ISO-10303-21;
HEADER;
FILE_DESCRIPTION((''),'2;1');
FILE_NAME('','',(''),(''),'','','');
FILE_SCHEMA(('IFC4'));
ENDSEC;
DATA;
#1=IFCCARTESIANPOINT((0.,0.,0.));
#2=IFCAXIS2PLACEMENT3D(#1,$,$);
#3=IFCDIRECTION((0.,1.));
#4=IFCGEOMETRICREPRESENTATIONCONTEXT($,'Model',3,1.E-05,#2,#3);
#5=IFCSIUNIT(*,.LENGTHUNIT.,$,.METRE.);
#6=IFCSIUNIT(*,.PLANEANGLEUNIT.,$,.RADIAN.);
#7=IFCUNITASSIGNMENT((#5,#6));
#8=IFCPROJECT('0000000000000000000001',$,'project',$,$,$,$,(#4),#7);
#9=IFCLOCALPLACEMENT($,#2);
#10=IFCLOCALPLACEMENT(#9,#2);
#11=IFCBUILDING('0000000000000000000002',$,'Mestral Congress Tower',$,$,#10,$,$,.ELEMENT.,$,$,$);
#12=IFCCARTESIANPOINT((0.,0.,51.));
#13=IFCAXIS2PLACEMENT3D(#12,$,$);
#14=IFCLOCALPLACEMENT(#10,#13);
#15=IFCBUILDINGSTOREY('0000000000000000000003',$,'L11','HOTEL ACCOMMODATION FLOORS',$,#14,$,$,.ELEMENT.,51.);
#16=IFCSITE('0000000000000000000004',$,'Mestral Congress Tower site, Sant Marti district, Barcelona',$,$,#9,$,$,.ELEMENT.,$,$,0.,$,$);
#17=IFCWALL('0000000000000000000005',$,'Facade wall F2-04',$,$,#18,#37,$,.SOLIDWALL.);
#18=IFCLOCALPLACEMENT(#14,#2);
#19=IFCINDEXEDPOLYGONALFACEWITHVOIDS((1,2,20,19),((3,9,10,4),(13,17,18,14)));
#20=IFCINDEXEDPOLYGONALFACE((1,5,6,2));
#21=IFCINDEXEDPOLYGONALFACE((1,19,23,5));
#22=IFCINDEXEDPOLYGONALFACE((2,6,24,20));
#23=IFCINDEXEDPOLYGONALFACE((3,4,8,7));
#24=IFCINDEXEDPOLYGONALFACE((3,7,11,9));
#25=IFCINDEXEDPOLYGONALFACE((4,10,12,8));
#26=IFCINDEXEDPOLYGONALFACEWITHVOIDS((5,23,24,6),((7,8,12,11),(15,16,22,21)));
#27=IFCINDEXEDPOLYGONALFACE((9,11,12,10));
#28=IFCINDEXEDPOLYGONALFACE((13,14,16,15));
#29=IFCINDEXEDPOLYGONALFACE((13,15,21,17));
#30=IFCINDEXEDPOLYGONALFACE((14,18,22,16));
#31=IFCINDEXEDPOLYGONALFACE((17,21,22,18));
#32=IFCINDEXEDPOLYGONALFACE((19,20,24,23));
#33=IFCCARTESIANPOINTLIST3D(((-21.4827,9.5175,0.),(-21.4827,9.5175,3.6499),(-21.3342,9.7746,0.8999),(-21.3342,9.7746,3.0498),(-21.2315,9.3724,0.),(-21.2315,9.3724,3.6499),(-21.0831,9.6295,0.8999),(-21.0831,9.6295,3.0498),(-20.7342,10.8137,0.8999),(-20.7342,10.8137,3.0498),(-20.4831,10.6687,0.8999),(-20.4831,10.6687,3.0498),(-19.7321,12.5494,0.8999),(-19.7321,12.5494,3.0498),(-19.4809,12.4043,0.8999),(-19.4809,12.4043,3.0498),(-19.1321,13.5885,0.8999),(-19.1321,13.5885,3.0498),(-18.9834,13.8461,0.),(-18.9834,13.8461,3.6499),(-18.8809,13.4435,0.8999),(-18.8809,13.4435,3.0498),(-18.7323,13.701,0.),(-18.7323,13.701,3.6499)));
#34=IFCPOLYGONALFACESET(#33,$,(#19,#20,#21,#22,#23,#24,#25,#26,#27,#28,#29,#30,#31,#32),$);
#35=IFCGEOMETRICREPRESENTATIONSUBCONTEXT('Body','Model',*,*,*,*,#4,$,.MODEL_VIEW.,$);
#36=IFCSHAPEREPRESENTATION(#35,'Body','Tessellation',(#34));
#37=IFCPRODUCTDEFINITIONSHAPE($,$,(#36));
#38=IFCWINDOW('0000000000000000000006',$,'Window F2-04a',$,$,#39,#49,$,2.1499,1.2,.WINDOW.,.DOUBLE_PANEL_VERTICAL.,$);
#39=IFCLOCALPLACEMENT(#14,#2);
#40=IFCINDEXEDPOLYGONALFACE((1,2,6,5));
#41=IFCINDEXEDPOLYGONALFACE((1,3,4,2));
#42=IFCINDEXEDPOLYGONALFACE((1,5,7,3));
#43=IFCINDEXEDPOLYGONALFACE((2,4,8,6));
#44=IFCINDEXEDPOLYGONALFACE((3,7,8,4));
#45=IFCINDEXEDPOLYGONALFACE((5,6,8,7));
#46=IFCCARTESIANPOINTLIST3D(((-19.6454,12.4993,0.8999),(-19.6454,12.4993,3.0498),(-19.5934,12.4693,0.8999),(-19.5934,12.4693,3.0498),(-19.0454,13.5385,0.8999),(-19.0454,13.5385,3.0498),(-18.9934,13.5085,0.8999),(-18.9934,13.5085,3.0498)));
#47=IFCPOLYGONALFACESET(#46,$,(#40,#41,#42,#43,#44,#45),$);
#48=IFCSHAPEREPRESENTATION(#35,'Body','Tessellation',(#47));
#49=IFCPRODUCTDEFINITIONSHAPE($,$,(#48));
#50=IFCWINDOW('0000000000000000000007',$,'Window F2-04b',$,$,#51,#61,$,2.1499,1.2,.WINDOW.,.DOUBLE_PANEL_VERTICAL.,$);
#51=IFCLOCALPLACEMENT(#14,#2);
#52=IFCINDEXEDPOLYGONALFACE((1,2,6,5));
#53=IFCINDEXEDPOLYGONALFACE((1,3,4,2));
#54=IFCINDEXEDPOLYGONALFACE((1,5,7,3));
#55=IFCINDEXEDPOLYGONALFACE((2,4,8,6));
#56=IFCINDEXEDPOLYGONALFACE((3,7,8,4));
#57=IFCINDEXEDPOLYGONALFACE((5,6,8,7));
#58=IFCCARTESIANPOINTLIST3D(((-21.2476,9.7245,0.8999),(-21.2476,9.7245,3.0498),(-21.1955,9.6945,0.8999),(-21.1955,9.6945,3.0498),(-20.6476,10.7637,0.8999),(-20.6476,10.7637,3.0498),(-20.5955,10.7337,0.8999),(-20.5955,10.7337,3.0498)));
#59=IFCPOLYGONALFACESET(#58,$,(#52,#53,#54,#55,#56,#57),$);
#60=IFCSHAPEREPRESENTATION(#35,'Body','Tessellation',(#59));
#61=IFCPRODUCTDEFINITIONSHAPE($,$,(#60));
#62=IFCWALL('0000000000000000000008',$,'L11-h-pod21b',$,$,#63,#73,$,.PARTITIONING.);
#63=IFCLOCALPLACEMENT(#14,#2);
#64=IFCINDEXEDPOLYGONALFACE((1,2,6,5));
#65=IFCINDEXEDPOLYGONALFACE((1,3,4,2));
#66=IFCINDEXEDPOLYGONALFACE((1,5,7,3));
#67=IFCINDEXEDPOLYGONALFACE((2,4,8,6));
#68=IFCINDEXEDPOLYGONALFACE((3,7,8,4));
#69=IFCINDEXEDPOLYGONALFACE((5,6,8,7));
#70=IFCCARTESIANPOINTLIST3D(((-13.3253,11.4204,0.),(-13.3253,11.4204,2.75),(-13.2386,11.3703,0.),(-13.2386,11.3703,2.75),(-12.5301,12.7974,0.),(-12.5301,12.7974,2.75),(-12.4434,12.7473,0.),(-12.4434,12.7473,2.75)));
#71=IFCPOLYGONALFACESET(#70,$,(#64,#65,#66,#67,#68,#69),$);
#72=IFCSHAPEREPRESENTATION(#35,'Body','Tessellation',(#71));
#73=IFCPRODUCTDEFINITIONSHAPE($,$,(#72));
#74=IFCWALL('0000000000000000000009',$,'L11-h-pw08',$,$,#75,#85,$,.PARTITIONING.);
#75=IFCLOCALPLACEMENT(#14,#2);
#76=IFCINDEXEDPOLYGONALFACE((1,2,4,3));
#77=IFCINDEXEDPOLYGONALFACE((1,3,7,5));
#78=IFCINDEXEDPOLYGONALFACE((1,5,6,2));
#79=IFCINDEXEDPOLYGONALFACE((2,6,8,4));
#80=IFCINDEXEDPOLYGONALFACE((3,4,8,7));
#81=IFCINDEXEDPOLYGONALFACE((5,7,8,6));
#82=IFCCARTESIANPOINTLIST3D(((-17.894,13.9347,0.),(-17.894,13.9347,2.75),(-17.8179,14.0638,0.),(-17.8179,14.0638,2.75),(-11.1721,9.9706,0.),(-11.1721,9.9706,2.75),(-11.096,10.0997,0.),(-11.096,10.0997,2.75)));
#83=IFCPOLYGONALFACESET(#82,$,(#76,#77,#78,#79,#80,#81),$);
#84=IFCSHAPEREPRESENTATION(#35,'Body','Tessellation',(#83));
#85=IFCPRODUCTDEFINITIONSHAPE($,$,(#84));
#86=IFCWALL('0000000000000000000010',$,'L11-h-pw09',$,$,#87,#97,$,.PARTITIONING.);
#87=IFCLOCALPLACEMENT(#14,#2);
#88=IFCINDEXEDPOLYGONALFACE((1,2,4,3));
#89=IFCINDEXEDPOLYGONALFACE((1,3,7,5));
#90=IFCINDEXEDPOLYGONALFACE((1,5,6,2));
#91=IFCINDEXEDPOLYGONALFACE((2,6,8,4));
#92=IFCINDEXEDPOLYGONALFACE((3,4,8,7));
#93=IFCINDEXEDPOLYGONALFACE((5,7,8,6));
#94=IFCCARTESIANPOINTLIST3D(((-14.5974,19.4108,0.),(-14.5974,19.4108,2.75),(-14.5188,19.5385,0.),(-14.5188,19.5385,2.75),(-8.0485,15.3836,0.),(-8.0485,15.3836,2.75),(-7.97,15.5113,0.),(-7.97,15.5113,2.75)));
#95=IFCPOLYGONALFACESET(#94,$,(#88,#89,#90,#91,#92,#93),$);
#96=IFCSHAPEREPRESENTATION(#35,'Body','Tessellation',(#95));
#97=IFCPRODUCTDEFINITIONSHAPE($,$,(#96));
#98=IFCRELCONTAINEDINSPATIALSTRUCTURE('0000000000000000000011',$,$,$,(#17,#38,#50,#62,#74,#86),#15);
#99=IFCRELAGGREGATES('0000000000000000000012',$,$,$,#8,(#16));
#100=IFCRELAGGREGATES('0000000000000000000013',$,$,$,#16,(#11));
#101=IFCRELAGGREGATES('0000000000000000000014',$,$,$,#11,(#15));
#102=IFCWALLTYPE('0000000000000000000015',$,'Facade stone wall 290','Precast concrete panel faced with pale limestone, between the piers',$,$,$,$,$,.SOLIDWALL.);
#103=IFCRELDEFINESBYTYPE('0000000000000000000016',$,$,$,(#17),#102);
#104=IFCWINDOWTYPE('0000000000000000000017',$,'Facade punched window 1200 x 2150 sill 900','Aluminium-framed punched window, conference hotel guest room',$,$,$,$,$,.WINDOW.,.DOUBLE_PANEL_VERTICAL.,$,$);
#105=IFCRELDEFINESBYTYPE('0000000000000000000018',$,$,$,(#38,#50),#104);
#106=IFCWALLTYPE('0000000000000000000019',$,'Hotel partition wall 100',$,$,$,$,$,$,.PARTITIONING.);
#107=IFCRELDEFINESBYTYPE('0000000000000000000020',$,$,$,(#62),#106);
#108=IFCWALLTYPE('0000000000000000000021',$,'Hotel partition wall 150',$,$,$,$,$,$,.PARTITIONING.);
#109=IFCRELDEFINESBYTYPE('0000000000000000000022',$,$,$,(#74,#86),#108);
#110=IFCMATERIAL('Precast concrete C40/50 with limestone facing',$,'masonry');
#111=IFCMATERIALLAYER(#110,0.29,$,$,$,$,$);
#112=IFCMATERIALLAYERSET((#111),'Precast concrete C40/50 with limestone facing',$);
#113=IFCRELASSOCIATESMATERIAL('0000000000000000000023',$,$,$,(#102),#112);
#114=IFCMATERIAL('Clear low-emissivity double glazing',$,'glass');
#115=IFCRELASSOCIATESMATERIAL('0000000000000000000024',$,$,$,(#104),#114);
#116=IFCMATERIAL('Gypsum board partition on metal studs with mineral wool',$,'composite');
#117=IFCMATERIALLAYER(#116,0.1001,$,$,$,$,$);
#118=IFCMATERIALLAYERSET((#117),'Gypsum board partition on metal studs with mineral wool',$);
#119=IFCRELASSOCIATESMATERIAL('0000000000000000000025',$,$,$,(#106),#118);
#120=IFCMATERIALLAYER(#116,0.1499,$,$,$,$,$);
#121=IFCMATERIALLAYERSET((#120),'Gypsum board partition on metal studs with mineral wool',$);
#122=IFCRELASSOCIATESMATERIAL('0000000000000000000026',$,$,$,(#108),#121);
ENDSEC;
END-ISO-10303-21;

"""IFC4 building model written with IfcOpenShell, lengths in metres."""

from ifc_helpers import new_model, si_unit, direction, frame, frame_2d, origin, place, context, subcontext, project, spatial, rectangle, extrude, material, layer, layer_set, type_object, element, fill, save


model = new_model("IFC4")

# Units and contexts
model_context = context("Model", 3, precision=1e-05, world=origin(), true_north=direction((0.0, 1.0)))
body_context = subcontext(model_context, "Body", "Model", "MODEL_VIEW")
ifc_project = project(units=[si_unit("LENGTHUNIT", "METRE"), si_unit("PLANEANGLEUNIT", "RADIAN")], contexts=[model_context])

# Site, building, storey
site_placement = place(None, origin())
site = spatial("IfcSite", under=ifc_project, at=site_placement, Name="Mestral Congress Tower site, Sant Marti district, Barcelona", CompositionType="ELEMENT", RefElevation=0.0)
building_placement = place(site_placement, origin())
building = spatial("IfcBuilding", under=site, at=building_placement, Name="Mestral Congress Tower", CompositionType="ELEMENT")
storey_placement = place(building_placement, frame((0.0, 0.0, 51.0)))
storey = spatial("IfcBuildingStorey", under=building, at=storey_placement, Name="L11", Description="HOTEL ACCOMMODATION FLOORS", CompositionType="ELEMENT", Elevation=51.0)

# Wall, openings, windows
ifc_material_1 = material(Name="Precast concrete C40/50 with limestone facing", Category="masonry")
ifc_layer_1 = layer(ifc_material_1, 0.29)
ifc_layer_set_1 = layer_set([ifc_layer_1], Name="Precast concrete C40/50 with limestone facing")
wall_type_1 = type_object("IfcWallType", Name="Facade stone wall 290", Description="Precast concrete panel faced with pale limestone, between the piers", PredefinedType="SOLIDWALL", material=ifc_layer_set_1)
ifc_material_2 = material(Name="Clear low-emissivity double glazing", Category="glass")
window_type = type_object("IfcWindowType", Name="Facade punched window 1200 x 2150 sill 900", Description="Aluminium-framed punched window, conference hotel guest room", PartitioningType="DOUBLE_PANEL_VERTICAL", PredefinedType="WINDOW", material=ifc_material_2)
wall_1_placement = place(storey_placement, frame((-18.8579, 13.7734, 0.0), z_axis=(0.0, 0.0, 1.0), x_axis=(-0.500021, -0.866013, 0.0)))
wall_1 = element("IfcWall", 1, at=wall_1_placement, inside=storey, type_object=wall_type_1, Name="Facade wall F2-04", PredefinedType="SOLIDWALL", context=body_context, shape_type="SweptSolid", body=[
    extrude(rectangle(XDim=4.9983, YDim=0.29, at=frame_2d((2.499, 0.0))), origin(), (0.0, 0.0, 1.0), 3.6499),
])
opening_1_placement = place(wall_1_placement, frame((0.2971, 0.0, 0.8999)))
opening_1 = element("IfcOpeningElement", 2, at=opening_1_placement, cuts=wall_1, PredefinedType="OPENING", context=body_context, shape_type="SweptSolid", body=[
    extrude(rectangle(XDim=1.2, YDim=2.1499, at=frame_2d((0.6001, 1.075))), frame((0.0, 0.155, 0.0), z_axis=(0.0, -1.0, 0.0), x_axis=(1.0, 0.0, 0.0)), (0.0, 0.0, 1.0), 0.3101),
])
opening_2_placement = place(wall_1_placement, frame((3.5012, 0.0, 0.8999)))
opening_2 = element("IfcOpeningElement", 3, at=opening_2_placement, cuts=wall_1, PredefinedType="OPENING", context=body_context, shape_type="SweptSolid", body=[
    extrude(rectangle(XDim=1.2, YDim=2.1499, at=frame_2d((0.6001, 1.075))), frame((0.0, 0.155, 0.0), z_axis=(0.0, -1.0, 0.0), x_axis=(1.0, 0.0, 0.0)), (0.0, 0.0, 1.0), 0.3101),
])
window_1_placement = place(opening_1_placement, origin())
window_1 = element("IfcWindow", 4, at=window_1_placement, inside=storey, type_object=window_type, Name="Window F2-04a", OverallHeight=2.1499, OverallWidth=1.2, PartitioningType="DOUBLE_PANEL_VERTICAL", PredefinedType="WINDOW", context=body_context, shape_type="SweptSolid", body=[
    extrude(rectangle(XDim=1.2, YDim=2.1499, at=frame_2d((0.6001, 1.075))), frame((0.0, 0.0151, 0.0), z_axis=(0.0, -1.0, 0.0), x_axis=(1.0, 0.0, 0.0)), (0.0, 0.0, 1.0), 0.0601),
])
fill(opening_1, window_1)
window_2_placement = place(opening_2_placement, origin())
window_2 = element("IfcWindow", 5, at=window_2_placement, inside=storey, type_object=window_type, Name="Window F2-04b", OverallHeight=2.1499, OverallWidth=1.2, PartitioningType="DOUBLE_PANEL_VERTICAL", PredefinedType="WINDOW", context=body_context, shape_type="SweptSolid", body=[
    extrude(rectangle(XDim=1.2, YDim=2.1499, at=frame_2d((0.6001, 1.075))), frame((0.0, 0.0151, 0.0), z_axis=(0.0, -1.0, 0.0), x_axis=(1.0, 0.0, 0.0)), (0.0, 0.0, 1.0), 0.0601),
])
fill(opening_2, window_2)

# Walls
ifc_material_3 = material(Name="Gypsum board partition on metal studs with mineral wool", Category="composite")
ifc_layer_2 = layer(ifc_material_3, 0.1001)
ifc_layer_set_2 = layer_set([ifc_layer_2], Name="Gypsum board partition on metal studs with mineral wool")
wall_type_2 = type_object("IfcWallType", Name="Hotel partition wall 100", PredefinedType="PARTITIONING", material=ifc_layer_set_2)
wall_2_placement = place(storey_placement, frame((-12.4868, 12.7722, 0.0), z_axis=(0.0, 0.0, 1.0), x_axis=(-0.500086, -0.865976, 0.0)))
element("IfcWall", 6, at=wall_2_placement, inside=storey, type_object=wall_type_2, Name="L11-h-pod21b", PredefinedType="PARTITIONING", context=body_context, shape_type="SweptSolid", body=[
    extrude(rectangle(XDim=1.5901, YDim=0.1001, at=frame_2d((0.7949, 0.0))), origin(), (0.0, 0.0, 1.0), 2.75),
])
ifc_layer_3 = layer(ifc_material_3, 0.1499)
ifc_layer_set_3 = layer_set([ifc_layer_3], Name="Gypsum board partition on metal studs with mineral wool")
wall_type_3 = type_object("IfcWallType", Name="Hotel partition wall 150", PredefinedType="PARTITIONING", material=ifc_layer_set_3)
wall_3_placement = place(storey_placement, frame((-17.856, 13.9993, 0.0), z_axis=(0.0, 0.0, 1.0), x_axis=(0.861372, -0.507975, 0.0)))
element("IfcWall", 7, at=wall_3_placement, inside=storey, type_object=wall_type_3, Name="L11-h-pw08", PredefinedType="PARTITIONING", context=body_context, shape_type="SweptSolid", body=[
    extrude(rectangle(XDim=7.8037, YDim=0.1499, at=frame_2d((3.9019, 0.0))), origin(), (0.0, 0.0, 1.0), 2.75),
])
wall_4_placement = place(storey_placement, frame((-14.5581, 19.4746, 0.0), z_axis=(0.0, 0.0, 1.0), x_axis=(0.851829, -0.523819, 0.0)))
element("IfcWall", 8, at=wall_4_placement, inside=storey, type_object=wall_type_3, Name="L11-h-pw09", PredefinedType="PARTITIONING", context=body_context, shape_type="SweptSolid", body=[
    extrude(rectangle(XDim=7.688, YDim=0.1499, at=frame_2d((3.844, 0.0))), origin(), (0.0, 0.0, 1.0), 2.75),
])

save(model, "model.ifc")
